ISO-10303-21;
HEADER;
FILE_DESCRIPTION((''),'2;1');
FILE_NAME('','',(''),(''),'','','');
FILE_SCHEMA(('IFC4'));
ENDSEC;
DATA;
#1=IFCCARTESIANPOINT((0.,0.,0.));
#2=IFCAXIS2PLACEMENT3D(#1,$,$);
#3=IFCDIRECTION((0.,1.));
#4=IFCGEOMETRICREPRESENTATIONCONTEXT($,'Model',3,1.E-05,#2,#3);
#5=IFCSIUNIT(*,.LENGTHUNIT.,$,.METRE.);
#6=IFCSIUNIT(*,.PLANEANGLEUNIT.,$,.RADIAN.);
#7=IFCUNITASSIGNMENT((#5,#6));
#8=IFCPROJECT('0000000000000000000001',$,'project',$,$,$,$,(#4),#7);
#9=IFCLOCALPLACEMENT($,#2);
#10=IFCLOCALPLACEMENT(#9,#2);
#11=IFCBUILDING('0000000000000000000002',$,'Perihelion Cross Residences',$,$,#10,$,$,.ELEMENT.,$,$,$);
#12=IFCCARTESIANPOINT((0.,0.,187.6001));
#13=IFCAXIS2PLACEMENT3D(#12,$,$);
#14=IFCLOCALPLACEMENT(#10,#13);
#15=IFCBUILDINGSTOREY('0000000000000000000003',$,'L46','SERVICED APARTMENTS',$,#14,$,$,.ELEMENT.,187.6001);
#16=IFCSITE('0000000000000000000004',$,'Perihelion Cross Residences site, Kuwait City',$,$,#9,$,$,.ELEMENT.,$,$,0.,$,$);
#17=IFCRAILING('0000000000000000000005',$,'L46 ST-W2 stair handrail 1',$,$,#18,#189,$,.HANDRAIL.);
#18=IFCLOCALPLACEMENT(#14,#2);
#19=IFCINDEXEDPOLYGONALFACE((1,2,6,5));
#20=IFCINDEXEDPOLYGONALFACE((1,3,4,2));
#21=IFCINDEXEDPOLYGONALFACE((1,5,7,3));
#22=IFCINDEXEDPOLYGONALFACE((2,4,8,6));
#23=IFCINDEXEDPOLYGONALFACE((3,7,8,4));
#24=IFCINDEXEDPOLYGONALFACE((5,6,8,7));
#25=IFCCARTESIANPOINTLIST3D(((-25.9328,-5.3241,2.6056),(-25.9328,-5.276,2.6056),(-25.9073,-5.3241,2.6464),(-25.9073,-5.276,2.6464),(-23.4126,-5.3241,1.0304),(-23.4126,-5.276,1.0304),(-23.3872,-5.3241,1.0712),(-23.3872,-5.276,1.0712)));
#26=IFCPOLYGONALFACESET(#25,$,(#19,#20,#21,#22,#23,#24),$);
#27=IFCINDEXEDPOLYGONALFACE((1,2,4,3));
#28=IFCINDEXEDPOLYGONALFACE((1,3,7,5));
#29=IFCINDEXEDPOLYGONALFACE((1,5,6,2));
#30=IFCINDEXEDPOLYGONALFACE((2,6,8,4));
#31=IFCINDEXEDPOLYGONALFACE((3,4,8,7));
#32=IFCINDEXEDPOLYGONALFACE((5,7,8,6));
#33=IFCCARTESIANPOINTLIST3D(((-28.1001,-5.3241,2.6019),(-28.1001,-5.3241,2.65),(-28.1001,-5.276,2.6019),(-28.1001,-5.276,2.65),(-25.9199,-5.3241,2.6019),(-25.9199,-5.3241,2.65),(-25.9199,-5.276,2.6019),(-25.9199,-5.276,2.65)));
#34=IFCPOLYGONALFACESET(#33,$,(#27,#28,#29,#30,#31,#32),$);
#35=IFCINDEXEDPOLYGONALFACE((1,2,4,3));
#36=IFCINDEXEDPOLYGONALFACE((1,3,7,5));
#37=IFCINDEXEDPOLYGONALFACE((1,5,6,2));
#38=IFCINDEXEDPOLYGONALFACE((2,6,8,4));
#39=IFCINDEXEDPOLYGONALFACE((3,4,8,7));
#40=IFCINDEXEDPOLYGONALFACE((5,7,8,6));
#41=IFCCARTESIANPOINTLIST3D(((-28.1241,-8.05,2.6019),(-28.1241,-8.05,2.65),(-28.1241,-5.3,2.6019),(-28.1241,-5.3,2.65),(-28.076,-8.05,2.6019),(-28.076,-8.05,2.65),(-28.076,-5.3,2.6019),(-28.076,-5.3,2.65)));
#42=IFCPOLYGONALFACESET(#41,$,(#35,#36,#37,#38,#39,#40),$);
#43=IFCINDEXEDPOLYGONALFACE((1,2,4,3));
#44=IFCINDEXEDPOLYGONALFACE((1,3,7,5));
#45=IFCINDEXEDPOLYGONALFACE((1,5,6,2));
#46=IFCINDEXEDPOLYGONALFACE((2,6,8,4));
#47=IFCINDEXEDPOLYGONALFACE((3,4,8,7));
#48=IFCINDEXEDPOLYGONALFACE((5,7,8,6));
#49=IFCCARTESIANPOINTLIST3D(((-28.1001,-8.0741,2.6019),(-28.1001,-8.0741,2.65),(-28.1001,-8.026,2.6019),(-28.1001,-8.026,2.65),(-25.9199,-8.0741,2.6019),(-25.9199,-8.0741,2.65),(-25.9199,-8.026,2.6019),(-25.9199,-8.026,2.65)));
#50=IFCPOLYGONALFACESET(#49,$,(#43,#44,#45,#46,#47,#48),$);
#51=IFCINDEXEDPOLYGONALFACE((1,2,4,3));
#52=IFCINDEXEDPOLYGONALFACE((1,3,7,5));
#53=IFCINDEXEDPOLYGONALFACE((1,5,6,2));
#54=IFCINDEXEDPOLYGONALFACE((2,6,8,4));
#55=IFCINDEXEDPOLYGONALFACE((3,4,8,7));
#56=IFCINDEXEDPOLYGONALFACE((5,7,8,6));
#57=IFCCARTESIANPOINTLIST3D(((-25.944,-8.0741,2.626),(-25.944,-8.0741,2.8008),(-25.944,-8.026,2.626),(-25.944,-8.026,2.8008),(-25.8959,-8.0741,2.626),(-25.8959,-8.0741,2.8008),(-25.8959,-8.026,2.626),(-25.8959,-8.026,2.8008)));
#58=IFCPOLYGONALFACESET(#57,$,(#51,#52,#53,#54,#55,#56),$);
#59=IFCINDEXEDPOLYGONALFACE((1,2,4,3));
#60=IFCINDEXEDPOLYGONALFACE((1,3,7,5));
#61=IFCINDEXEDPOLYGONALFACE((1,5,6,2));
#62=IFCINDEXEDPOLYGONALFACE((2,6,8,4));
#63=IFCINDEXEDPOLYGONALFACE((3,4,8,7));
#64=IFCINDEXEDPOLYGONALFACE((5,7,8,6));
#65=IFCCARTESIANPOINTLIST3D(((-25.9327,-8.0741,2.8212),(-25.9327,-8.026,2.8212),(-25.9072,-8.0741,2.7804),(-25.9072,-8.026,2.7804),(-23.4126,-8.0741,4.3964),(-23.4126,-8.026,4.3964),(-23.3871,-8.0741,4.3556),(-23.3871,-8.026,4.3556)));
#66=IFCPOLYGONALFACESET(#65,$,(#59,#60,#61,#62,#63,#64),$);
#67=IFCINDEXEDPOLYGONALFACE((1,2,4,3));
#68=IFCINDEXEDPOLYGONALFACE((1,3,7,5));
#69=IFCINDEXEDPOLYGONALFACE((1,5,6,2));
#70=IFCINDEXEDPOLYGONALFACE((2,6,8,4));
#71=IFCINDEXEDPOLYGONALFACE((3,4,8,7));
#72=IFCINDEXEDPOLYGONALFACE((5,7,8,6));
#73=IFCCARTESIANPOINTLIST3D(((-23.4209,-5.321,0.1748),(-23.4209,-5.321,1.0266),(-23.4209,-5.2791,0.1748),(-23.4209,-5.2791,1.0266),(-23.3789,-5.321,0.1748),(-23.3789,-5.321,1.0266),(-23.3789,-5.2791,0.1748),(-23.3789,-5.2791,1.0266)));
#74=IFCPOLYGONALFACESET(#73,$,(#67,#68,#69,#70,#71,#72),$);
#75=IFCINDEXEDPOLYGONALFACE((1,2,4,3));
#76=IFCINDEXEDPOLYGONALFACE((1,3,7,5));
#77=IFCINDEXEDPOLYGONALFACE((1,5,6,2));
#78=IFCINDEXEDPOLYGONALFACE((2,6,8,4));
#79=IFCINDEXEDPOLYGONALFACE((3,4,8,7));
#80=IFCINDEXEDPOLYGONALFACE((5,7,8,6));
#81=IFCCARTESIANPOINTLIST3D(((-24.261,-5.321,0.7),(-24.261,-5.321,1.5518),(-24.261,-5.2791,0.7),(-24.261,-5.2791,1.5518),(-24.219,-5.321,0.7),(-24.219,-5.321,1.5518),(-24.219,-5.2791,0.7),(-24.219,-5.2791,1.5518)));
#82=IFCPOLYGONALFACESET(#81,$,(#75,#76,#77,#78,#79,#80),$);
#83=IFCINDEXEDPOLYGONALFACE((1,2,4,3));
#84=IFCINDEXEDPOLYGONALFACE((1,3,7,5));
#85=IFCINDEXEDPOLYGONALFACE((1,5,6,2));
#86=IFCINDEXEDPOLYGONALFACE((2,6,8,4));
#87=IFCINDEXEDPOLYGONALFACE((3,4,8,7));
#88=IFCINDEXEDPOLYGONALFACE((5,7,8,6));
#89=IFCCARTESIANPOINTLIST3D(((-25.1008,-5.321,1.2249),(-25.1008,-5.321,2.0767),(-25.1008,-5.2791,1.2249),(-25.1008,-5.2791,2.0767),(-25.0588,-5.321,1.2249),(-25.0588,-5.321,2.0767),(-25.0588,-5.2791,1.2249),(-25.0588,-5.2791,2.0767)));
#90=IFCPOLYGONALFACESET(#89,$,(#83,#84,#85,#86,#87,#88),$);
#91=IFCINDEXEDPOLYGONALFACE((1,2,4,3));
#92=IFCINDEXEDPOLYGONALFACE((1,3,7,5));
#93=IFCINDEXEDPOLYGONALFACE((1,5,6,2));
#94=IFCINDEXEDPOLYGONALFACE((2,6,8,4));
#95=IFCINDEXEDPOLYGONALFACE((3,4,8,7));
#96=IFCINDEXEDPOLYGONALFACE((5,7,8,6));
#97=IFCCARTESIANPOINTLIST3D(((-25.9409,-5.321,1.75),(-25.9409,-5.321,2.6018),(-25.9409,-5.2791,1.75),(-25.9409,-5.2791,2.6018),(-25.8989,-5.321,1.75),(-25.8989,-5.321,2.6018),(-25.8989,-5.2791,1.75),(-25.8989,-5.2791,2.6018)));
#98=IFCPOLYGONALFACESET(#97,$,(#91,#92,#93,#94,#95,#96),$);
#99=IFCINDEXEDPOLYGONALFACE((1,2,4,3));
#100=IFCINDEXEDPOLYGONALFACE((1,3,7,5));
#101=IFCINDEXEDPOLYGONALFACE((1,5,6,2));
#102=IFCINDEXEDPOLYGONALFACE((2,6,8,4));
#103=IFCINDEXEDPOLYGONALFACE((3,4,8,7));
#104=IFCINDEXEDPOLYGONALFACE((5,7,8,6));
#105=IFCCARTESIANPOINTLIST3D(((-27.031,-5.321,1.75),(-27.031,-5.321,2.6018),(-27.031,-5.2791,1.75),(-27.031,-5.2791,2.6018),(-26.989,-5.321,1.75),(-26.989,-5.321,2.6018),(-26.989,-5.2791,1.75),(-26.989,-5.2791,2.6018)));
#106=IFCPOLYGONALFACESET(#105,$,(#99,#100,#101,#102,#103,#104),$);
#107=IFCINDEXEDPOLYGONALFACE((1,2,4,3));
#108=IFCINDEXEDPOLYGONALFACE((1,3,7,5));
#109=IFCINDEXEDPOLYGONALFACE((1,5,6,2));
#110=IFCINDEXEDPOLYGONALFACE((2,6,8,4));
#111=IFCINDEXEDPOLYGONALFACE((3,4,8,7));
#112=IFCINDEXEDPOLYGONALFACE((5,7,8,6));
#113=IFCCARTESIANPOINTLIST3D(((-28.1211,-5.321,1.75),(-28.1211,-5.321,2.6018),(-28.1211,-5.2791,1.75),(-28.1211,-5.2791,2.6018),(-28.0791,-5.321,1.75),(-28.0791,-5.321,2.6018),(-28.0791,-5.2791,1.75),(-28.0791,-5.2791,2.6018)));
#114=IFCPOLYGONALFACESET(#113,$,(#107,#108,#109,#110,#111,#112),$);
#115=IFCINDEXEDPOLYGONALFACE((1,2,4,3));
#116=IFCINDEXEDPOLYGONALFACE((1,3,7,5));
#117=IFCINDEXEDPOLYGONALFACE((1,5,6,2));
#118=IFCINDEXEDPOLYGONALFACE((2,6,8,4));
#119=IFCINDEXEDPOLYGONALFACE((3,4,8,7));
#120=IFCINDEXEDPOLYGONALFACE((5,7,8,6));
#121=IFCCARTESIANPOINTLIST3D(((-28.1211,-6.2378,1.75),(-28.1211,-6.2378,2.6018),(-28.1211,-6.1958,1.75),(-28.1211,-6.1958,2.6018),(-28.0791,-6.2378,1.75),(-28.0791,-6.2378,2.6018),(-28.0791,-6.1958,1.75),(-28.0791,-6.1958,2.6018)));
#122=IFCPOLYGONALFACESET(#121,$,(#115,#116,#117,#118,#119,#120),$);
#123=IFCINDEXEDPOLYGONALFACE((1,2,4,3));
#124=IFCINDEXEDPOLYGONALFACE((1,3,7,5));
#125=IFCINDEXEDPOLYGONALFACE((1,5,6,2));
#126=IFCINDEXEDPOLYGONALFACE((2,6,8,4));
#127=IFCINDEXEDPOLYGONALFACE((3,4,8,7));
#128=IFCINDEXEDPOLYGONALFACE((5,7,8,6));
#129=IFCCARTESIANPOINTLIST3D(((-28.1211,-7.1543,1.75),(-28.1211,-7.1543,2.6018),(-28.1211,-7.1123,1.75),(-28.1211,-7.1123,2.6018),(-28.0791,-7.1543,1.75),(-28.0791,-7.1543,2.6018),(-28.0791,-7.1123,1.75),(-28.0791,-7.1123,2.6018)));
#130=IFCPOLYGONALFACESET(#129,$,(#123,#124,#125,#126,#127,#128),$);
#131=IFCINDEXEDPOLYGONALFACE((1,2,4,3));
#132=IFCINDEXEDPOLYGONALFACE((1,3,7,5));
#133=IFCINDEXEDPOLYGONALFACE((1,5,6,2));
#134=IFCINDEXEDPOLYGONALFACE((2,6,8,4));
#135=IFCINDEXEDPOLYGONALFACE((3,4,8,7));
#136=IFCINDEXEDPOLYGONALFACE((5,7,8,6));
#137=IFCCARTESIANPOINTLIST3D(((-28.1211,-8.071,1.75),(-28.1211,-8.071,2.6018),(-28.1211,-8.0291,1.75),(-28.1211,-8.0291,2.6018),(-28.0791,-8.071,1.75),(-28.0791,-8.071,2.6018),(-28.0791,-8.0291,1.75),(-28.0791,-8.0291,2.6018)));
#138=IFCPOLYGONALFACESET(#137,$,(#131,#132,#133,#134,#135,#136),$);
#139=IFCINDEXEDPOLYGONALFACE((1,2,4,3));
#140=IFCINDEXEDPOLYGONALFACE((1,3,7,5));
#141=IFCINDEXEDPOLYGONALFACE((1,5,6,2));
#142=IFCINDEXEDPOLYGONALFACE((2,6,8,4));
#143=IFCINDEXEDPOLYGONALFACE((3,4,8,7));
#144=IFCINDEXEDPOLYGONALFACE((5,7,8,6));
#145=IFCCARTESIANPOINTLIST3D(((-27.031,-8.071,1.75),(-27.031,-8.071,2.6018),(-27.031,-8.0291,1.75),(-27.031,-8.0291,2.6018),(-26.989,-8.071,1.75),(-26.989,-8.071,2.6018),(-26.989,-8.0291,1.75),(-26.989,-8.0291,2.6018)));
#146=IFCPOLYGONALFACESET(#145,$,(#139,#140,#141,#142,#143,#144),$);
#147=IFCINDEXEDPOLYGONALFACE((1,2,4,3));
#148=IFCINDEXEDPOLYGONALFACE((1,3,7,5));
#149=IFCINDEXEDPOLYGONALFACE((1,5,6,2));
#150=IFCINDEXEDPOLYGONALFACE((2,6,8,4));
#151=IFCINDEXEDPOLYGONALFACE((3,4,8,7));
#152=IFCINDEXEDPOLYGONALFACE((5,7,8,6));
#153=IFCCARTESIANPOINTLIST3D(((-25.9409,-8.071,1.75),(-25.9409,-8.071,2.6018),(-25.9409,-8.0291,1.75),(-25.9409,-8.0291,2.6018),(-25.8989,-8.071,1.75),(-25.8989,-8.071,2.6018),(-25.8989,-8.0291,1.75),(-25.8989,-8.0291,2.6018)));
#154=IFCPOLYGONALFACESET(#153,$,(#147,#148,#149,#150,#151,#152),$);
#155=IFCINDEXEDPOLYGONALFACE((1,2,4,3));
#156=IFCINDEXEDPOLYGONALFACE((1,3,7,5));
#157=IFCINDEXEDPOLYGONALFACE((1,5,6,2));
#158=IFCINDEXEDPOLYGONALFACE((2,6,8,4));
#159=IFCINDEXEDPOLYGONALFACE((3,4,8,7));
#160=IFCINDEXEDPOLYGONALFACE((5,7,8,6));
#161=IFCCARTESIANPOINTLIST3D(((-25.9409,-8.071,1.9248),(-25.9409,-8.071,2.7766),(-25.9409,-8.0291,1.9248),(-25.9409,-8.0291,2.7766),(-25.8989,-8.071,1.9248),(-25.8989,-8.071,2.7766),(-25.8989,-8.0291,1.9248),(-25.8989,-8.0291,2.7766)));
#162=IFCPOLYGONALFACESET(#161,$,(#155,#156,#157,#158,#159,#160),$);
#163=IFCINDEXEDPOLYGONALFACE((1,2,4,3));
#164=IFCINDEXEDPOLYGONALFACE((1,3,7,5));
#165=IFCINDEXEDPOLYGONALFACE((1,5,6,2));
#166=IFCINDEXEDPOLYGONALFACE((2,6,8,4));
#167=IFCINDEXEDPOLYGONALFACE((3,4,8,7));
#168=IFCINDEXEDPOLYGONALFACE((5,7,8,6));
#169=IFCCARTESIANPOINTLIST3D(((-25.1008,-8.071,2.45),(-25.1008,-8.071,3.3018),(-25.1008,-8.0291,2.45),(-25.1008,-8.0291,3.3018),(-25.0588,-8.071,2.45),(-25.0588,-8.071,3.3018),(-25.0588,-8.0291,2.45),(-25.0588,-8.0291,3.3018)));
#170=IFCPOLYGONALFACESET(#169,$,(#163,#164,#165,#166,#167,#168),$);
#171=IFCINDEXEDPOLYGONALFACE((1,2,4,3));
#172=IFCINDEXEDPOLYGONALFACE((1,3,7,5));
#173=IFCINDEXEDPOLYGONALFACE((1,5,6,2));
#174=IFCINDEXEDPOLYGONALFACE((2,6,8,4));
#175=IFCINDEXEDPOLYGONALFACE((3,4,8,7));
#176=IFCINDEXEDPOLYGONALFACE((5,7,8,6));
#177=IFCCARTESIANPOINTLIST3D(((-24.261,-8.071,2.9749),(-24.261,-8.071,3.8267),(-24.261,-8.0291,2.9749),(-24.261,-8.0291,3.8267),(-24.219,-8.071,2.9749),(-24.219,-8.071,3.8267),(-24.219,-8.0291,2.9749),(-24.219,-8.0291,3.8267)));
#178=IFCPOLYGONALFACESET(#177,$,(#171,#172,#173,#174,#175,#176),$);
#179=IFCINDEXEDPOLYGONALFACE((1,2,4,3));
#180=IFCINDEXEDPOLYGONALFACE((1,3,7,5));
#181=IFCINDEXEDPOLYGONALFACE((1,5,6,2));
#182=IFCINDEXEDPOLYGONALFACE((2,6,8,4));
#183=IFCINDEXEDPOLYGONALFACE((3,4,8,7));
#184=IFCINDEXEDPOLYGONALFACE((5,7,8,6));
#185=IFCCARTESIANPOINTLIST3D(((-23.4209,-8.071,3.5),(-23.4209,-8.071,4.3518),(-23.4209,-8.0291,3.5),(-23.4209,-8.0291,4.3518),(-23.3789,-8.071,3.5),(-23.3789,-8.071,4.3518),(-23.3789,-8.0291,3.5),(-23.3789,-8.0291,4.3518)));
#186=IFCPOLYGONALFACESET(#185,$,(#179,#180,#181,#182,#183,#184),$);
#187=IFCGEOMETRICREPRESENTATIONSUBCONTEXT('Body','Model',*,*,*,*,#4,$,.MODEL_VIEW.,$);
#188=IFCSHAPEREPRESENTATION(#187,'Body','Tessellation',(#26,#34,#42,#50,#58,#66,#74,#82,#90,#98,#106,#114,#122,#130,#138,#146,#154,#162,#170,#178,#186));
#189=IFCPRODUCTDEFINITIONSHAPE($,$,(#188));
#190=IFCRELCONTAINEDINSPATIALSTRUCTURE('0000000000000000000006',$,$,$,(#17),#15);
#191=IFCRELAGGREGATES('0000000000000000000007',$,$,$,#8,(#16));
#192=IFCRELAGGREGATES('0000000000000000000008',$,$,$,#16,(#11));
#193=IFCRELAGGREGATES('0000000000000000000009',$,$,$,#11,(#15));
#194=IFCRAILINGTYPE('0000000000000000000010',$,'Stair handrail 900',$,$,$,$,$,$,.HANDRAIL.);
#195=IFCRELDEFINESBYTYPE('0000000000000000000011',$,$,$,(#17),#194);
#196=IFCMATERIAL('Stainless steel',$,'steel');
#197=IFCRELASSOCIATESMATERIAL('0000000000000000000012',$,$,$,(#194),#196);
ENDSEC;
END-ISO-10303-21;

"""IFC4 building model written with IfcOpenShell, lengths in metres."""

from ifc_helpers import new_model, si_unit, direction, frame, origin, origin_2d, place, context, subcontext, project, spatial, rectangle, extrude, material, type_object, element, save


model = new_model("IFC4")

# Units and contexts
model_context = context("Model", 3, precision=1e-05, world=origin(), true_north=direction((0.0, 1.0)))
body_context = subcontext(model_context, "Body", "Model", "MODEL_VIEW")
ifc_project = project(units=[si_unit("LENGTHUNIT", "METRE"), si_unit("PLANEANGLEUNIT", "RADIAN")], contexts=[model_context])

# Site, building, storey
site_placement = place(None, origin())
site = spatial("IfcSite", under=ifc_project, at=site_placement, Name="Perihelion Cross Residences site, Kuwait City", CompositionType="ELEMENT", RefElevation=0.0)
building_placement = place(site_placement, origin())
building = spatial("IfcBuilding", under=site, at=building_placement, Name="Perihelion Cross Residences", CompositionType="ELEMENT")
storey_placement = place(building_placement, frame((0.0, 0.0, 187.6001)))
storey = spatial("IfcBuildingStorey", under=building, at=storey_placement, Name="L46", Description="SERVICED APARTMENTS", CompositionType="ELEMENT", Elevation=187.6001)

# Railing
ifc_material_1 = material(Name="Stainless steel", Category="steel")
railing_type_1 = type_object("IfcRailingType", Name="Stair handrail 900", PredefinedType="HANDRAIL", material=ifc_material_1)
railing_1_placement = place(storey_placement, frame((-23.3999, -5.3, 0.1748)))
element("IfcRailing", 1, at=railing_1_placement, inside=storey, type_object=railing_type_1, Name="L46 ST-W2 stair handrail 1", PredefinedType="HANDRAIL", context=body_context, shape_type="SweptSolid", body=[
    extrude(rectangle(XDim=0.0481, YDim=0.0481, at=origin_2d()), frame((0.0, 0.0, 0.876), z_axis=(-0.847971, 0.0, 0.530043), x_axis=(0.0, -1.0, 0.0)), (0.0, 0.0, 1.0), 2.9719),
    extrude(rectangle(XDim=0.0481, YDim=0.0481, at=origin_2d()), frame((-2.52, 0.0, 2.4512), z_axis=(-1.0, 0.0, 0.0), x_axis=(0.0, -1.0, 0.0)), (0.0, 0.0, 1.0), 2.1802),
    extrude(rectangle(XDim=0.0481, YDim=0.0481, at=origin_2d()), frame((-4.7002, 0.0, 2.4512), z_axis=(0.0, -1.0, 0.0), x_axis=(1.0, 0.0, 0.0)), (0.0, 0.0, 1.0), 2.75),
    extrude(rectangle(XDim=0.0481, YDim=0.0481, at=origin_2d()), frame((-4.7002, -2.75, 2.4512), z_axis=(1.0, 0.0, 0.0), x_axis=(0.0, 1.0, 0.0)), (0.0, 0.0, 1.0), 2.1802),
    extrude(rectangle(XDim=0.0481, YDim=0.0481, at=origin_2d()), frame((-2.52, -2.75, 2.4512), z_axis=(0.0, 0.0, 1.0), x_axis=(1.0, 0.0, 0.0)), (0.0, 0.0, 1.0), 0.1748),
    extrude(rectangle(XDim=0.0481, YDim=0.0481, at=origin_2d()), frame((-2.52, -2.75, 2.626), z_axis=(0.847971, 0.0, 0.530043), x_axis=(0.0, 1.0, 0.0)), (0.0, 0.0, 1.0), 2.9719),
    extrude(rectangle(XDim=0.042, YDim=0.042, at=origin_2d()), origin(), (0.0, 0.0, 1.0), 0.8518),
    extrude(rectangle(XDim=0.042, YDim=0.042, at=origin_2d()), frame((-0.8401, 0.0, 0.5251)), (0.0, 0.0, 1.0), 0.8518),
    extrude(rectangle(XDim=0.042, YDim=0.042, at=origin_2d()), frame((-1.6799, 0.0, 1.05)), (0.0, 0.0, 1.0), 0.8518),
    extrude(rectangle(XDim=0.042, YDim=0.042, at=origin_2d()), frame((-2.52, 0.0, 1.5752)), (0.0, 0.0, 1.0), 0.8518),
    extrude(rectangle(XDim=0.042, YDim=0.042, at=origin_2d()), frame((-3.6101, 0.0, 1.5752)), (0.0, 0.0, 1.0), 0.8518),
    extrude(rectangle(XDim=0.042, YDim=0.042, at=origin_2d()), frame((-4.7002, 0.0, 1.5752)), (0.0, 0.0, 1.0), 0.8518),
    extrude(rectangle(XDim=0.042, YDim=0.042, at=origin_2d()), frame((-4.7002, -0.9167, 1.5752)), (0.0, 0.0, 1.0), 0.8518),
    extrude(rectangle(XDim=0.042, YDim=0.042, at=origin_2d()), frame((-4.7002, -1.8333, 1.5752)), (0.0, 0.0, 1.0), 0.8518),
    extrude(rectangle(XDim=0.042, YDim=0.042, at=origin_2d()), frame((-4.7002, -2.75, 1.5752)), (0.0, 0.0, 1.0), 0.8518),
    extrude(rectangle(XDim=0.042, YDim=0.042, at=origin_2d()), frame((-3.6101, -2.75, 1.5752)), (0.0, 0.0, 1.0), 0.8518),
    extrude(rectangle(XDim=0.042, YDim=0.042, at=origin_2d()), frame((-2.52, -2.75, 1.5752)), (0.0, 0.0, 1.0), 0.8518),
    extrude(rectangle(XDim=0.042, YDim=0.042, at=origin_2d()), frame((-2.52, -2.75, 1.75)), (0.0, 0.0, 1.0), 0.8518),
    extrude(rectangle(XDim=0.042, YDim=0.042, at=origin_2d()), frame((-1.6799, -2.75, 2.2751)), (0.0, 0.0, 1.0), 0.8518),
    extrude(rectangle(XDim=0.042, YDim=0.042, at=origin_2d()), frame((-0.8401, -2.75, 2.8)), (0.0, 0.0, 1.0), 0.8518),
    extrude(rectangle(XDim=0.042, YDim=0.042, at=origin_2d()), frame((0.0, -2.75, 3.3252)), (0.0, 0.0, 1.0), 0.8518),
])

save(model, "model.ifc")
